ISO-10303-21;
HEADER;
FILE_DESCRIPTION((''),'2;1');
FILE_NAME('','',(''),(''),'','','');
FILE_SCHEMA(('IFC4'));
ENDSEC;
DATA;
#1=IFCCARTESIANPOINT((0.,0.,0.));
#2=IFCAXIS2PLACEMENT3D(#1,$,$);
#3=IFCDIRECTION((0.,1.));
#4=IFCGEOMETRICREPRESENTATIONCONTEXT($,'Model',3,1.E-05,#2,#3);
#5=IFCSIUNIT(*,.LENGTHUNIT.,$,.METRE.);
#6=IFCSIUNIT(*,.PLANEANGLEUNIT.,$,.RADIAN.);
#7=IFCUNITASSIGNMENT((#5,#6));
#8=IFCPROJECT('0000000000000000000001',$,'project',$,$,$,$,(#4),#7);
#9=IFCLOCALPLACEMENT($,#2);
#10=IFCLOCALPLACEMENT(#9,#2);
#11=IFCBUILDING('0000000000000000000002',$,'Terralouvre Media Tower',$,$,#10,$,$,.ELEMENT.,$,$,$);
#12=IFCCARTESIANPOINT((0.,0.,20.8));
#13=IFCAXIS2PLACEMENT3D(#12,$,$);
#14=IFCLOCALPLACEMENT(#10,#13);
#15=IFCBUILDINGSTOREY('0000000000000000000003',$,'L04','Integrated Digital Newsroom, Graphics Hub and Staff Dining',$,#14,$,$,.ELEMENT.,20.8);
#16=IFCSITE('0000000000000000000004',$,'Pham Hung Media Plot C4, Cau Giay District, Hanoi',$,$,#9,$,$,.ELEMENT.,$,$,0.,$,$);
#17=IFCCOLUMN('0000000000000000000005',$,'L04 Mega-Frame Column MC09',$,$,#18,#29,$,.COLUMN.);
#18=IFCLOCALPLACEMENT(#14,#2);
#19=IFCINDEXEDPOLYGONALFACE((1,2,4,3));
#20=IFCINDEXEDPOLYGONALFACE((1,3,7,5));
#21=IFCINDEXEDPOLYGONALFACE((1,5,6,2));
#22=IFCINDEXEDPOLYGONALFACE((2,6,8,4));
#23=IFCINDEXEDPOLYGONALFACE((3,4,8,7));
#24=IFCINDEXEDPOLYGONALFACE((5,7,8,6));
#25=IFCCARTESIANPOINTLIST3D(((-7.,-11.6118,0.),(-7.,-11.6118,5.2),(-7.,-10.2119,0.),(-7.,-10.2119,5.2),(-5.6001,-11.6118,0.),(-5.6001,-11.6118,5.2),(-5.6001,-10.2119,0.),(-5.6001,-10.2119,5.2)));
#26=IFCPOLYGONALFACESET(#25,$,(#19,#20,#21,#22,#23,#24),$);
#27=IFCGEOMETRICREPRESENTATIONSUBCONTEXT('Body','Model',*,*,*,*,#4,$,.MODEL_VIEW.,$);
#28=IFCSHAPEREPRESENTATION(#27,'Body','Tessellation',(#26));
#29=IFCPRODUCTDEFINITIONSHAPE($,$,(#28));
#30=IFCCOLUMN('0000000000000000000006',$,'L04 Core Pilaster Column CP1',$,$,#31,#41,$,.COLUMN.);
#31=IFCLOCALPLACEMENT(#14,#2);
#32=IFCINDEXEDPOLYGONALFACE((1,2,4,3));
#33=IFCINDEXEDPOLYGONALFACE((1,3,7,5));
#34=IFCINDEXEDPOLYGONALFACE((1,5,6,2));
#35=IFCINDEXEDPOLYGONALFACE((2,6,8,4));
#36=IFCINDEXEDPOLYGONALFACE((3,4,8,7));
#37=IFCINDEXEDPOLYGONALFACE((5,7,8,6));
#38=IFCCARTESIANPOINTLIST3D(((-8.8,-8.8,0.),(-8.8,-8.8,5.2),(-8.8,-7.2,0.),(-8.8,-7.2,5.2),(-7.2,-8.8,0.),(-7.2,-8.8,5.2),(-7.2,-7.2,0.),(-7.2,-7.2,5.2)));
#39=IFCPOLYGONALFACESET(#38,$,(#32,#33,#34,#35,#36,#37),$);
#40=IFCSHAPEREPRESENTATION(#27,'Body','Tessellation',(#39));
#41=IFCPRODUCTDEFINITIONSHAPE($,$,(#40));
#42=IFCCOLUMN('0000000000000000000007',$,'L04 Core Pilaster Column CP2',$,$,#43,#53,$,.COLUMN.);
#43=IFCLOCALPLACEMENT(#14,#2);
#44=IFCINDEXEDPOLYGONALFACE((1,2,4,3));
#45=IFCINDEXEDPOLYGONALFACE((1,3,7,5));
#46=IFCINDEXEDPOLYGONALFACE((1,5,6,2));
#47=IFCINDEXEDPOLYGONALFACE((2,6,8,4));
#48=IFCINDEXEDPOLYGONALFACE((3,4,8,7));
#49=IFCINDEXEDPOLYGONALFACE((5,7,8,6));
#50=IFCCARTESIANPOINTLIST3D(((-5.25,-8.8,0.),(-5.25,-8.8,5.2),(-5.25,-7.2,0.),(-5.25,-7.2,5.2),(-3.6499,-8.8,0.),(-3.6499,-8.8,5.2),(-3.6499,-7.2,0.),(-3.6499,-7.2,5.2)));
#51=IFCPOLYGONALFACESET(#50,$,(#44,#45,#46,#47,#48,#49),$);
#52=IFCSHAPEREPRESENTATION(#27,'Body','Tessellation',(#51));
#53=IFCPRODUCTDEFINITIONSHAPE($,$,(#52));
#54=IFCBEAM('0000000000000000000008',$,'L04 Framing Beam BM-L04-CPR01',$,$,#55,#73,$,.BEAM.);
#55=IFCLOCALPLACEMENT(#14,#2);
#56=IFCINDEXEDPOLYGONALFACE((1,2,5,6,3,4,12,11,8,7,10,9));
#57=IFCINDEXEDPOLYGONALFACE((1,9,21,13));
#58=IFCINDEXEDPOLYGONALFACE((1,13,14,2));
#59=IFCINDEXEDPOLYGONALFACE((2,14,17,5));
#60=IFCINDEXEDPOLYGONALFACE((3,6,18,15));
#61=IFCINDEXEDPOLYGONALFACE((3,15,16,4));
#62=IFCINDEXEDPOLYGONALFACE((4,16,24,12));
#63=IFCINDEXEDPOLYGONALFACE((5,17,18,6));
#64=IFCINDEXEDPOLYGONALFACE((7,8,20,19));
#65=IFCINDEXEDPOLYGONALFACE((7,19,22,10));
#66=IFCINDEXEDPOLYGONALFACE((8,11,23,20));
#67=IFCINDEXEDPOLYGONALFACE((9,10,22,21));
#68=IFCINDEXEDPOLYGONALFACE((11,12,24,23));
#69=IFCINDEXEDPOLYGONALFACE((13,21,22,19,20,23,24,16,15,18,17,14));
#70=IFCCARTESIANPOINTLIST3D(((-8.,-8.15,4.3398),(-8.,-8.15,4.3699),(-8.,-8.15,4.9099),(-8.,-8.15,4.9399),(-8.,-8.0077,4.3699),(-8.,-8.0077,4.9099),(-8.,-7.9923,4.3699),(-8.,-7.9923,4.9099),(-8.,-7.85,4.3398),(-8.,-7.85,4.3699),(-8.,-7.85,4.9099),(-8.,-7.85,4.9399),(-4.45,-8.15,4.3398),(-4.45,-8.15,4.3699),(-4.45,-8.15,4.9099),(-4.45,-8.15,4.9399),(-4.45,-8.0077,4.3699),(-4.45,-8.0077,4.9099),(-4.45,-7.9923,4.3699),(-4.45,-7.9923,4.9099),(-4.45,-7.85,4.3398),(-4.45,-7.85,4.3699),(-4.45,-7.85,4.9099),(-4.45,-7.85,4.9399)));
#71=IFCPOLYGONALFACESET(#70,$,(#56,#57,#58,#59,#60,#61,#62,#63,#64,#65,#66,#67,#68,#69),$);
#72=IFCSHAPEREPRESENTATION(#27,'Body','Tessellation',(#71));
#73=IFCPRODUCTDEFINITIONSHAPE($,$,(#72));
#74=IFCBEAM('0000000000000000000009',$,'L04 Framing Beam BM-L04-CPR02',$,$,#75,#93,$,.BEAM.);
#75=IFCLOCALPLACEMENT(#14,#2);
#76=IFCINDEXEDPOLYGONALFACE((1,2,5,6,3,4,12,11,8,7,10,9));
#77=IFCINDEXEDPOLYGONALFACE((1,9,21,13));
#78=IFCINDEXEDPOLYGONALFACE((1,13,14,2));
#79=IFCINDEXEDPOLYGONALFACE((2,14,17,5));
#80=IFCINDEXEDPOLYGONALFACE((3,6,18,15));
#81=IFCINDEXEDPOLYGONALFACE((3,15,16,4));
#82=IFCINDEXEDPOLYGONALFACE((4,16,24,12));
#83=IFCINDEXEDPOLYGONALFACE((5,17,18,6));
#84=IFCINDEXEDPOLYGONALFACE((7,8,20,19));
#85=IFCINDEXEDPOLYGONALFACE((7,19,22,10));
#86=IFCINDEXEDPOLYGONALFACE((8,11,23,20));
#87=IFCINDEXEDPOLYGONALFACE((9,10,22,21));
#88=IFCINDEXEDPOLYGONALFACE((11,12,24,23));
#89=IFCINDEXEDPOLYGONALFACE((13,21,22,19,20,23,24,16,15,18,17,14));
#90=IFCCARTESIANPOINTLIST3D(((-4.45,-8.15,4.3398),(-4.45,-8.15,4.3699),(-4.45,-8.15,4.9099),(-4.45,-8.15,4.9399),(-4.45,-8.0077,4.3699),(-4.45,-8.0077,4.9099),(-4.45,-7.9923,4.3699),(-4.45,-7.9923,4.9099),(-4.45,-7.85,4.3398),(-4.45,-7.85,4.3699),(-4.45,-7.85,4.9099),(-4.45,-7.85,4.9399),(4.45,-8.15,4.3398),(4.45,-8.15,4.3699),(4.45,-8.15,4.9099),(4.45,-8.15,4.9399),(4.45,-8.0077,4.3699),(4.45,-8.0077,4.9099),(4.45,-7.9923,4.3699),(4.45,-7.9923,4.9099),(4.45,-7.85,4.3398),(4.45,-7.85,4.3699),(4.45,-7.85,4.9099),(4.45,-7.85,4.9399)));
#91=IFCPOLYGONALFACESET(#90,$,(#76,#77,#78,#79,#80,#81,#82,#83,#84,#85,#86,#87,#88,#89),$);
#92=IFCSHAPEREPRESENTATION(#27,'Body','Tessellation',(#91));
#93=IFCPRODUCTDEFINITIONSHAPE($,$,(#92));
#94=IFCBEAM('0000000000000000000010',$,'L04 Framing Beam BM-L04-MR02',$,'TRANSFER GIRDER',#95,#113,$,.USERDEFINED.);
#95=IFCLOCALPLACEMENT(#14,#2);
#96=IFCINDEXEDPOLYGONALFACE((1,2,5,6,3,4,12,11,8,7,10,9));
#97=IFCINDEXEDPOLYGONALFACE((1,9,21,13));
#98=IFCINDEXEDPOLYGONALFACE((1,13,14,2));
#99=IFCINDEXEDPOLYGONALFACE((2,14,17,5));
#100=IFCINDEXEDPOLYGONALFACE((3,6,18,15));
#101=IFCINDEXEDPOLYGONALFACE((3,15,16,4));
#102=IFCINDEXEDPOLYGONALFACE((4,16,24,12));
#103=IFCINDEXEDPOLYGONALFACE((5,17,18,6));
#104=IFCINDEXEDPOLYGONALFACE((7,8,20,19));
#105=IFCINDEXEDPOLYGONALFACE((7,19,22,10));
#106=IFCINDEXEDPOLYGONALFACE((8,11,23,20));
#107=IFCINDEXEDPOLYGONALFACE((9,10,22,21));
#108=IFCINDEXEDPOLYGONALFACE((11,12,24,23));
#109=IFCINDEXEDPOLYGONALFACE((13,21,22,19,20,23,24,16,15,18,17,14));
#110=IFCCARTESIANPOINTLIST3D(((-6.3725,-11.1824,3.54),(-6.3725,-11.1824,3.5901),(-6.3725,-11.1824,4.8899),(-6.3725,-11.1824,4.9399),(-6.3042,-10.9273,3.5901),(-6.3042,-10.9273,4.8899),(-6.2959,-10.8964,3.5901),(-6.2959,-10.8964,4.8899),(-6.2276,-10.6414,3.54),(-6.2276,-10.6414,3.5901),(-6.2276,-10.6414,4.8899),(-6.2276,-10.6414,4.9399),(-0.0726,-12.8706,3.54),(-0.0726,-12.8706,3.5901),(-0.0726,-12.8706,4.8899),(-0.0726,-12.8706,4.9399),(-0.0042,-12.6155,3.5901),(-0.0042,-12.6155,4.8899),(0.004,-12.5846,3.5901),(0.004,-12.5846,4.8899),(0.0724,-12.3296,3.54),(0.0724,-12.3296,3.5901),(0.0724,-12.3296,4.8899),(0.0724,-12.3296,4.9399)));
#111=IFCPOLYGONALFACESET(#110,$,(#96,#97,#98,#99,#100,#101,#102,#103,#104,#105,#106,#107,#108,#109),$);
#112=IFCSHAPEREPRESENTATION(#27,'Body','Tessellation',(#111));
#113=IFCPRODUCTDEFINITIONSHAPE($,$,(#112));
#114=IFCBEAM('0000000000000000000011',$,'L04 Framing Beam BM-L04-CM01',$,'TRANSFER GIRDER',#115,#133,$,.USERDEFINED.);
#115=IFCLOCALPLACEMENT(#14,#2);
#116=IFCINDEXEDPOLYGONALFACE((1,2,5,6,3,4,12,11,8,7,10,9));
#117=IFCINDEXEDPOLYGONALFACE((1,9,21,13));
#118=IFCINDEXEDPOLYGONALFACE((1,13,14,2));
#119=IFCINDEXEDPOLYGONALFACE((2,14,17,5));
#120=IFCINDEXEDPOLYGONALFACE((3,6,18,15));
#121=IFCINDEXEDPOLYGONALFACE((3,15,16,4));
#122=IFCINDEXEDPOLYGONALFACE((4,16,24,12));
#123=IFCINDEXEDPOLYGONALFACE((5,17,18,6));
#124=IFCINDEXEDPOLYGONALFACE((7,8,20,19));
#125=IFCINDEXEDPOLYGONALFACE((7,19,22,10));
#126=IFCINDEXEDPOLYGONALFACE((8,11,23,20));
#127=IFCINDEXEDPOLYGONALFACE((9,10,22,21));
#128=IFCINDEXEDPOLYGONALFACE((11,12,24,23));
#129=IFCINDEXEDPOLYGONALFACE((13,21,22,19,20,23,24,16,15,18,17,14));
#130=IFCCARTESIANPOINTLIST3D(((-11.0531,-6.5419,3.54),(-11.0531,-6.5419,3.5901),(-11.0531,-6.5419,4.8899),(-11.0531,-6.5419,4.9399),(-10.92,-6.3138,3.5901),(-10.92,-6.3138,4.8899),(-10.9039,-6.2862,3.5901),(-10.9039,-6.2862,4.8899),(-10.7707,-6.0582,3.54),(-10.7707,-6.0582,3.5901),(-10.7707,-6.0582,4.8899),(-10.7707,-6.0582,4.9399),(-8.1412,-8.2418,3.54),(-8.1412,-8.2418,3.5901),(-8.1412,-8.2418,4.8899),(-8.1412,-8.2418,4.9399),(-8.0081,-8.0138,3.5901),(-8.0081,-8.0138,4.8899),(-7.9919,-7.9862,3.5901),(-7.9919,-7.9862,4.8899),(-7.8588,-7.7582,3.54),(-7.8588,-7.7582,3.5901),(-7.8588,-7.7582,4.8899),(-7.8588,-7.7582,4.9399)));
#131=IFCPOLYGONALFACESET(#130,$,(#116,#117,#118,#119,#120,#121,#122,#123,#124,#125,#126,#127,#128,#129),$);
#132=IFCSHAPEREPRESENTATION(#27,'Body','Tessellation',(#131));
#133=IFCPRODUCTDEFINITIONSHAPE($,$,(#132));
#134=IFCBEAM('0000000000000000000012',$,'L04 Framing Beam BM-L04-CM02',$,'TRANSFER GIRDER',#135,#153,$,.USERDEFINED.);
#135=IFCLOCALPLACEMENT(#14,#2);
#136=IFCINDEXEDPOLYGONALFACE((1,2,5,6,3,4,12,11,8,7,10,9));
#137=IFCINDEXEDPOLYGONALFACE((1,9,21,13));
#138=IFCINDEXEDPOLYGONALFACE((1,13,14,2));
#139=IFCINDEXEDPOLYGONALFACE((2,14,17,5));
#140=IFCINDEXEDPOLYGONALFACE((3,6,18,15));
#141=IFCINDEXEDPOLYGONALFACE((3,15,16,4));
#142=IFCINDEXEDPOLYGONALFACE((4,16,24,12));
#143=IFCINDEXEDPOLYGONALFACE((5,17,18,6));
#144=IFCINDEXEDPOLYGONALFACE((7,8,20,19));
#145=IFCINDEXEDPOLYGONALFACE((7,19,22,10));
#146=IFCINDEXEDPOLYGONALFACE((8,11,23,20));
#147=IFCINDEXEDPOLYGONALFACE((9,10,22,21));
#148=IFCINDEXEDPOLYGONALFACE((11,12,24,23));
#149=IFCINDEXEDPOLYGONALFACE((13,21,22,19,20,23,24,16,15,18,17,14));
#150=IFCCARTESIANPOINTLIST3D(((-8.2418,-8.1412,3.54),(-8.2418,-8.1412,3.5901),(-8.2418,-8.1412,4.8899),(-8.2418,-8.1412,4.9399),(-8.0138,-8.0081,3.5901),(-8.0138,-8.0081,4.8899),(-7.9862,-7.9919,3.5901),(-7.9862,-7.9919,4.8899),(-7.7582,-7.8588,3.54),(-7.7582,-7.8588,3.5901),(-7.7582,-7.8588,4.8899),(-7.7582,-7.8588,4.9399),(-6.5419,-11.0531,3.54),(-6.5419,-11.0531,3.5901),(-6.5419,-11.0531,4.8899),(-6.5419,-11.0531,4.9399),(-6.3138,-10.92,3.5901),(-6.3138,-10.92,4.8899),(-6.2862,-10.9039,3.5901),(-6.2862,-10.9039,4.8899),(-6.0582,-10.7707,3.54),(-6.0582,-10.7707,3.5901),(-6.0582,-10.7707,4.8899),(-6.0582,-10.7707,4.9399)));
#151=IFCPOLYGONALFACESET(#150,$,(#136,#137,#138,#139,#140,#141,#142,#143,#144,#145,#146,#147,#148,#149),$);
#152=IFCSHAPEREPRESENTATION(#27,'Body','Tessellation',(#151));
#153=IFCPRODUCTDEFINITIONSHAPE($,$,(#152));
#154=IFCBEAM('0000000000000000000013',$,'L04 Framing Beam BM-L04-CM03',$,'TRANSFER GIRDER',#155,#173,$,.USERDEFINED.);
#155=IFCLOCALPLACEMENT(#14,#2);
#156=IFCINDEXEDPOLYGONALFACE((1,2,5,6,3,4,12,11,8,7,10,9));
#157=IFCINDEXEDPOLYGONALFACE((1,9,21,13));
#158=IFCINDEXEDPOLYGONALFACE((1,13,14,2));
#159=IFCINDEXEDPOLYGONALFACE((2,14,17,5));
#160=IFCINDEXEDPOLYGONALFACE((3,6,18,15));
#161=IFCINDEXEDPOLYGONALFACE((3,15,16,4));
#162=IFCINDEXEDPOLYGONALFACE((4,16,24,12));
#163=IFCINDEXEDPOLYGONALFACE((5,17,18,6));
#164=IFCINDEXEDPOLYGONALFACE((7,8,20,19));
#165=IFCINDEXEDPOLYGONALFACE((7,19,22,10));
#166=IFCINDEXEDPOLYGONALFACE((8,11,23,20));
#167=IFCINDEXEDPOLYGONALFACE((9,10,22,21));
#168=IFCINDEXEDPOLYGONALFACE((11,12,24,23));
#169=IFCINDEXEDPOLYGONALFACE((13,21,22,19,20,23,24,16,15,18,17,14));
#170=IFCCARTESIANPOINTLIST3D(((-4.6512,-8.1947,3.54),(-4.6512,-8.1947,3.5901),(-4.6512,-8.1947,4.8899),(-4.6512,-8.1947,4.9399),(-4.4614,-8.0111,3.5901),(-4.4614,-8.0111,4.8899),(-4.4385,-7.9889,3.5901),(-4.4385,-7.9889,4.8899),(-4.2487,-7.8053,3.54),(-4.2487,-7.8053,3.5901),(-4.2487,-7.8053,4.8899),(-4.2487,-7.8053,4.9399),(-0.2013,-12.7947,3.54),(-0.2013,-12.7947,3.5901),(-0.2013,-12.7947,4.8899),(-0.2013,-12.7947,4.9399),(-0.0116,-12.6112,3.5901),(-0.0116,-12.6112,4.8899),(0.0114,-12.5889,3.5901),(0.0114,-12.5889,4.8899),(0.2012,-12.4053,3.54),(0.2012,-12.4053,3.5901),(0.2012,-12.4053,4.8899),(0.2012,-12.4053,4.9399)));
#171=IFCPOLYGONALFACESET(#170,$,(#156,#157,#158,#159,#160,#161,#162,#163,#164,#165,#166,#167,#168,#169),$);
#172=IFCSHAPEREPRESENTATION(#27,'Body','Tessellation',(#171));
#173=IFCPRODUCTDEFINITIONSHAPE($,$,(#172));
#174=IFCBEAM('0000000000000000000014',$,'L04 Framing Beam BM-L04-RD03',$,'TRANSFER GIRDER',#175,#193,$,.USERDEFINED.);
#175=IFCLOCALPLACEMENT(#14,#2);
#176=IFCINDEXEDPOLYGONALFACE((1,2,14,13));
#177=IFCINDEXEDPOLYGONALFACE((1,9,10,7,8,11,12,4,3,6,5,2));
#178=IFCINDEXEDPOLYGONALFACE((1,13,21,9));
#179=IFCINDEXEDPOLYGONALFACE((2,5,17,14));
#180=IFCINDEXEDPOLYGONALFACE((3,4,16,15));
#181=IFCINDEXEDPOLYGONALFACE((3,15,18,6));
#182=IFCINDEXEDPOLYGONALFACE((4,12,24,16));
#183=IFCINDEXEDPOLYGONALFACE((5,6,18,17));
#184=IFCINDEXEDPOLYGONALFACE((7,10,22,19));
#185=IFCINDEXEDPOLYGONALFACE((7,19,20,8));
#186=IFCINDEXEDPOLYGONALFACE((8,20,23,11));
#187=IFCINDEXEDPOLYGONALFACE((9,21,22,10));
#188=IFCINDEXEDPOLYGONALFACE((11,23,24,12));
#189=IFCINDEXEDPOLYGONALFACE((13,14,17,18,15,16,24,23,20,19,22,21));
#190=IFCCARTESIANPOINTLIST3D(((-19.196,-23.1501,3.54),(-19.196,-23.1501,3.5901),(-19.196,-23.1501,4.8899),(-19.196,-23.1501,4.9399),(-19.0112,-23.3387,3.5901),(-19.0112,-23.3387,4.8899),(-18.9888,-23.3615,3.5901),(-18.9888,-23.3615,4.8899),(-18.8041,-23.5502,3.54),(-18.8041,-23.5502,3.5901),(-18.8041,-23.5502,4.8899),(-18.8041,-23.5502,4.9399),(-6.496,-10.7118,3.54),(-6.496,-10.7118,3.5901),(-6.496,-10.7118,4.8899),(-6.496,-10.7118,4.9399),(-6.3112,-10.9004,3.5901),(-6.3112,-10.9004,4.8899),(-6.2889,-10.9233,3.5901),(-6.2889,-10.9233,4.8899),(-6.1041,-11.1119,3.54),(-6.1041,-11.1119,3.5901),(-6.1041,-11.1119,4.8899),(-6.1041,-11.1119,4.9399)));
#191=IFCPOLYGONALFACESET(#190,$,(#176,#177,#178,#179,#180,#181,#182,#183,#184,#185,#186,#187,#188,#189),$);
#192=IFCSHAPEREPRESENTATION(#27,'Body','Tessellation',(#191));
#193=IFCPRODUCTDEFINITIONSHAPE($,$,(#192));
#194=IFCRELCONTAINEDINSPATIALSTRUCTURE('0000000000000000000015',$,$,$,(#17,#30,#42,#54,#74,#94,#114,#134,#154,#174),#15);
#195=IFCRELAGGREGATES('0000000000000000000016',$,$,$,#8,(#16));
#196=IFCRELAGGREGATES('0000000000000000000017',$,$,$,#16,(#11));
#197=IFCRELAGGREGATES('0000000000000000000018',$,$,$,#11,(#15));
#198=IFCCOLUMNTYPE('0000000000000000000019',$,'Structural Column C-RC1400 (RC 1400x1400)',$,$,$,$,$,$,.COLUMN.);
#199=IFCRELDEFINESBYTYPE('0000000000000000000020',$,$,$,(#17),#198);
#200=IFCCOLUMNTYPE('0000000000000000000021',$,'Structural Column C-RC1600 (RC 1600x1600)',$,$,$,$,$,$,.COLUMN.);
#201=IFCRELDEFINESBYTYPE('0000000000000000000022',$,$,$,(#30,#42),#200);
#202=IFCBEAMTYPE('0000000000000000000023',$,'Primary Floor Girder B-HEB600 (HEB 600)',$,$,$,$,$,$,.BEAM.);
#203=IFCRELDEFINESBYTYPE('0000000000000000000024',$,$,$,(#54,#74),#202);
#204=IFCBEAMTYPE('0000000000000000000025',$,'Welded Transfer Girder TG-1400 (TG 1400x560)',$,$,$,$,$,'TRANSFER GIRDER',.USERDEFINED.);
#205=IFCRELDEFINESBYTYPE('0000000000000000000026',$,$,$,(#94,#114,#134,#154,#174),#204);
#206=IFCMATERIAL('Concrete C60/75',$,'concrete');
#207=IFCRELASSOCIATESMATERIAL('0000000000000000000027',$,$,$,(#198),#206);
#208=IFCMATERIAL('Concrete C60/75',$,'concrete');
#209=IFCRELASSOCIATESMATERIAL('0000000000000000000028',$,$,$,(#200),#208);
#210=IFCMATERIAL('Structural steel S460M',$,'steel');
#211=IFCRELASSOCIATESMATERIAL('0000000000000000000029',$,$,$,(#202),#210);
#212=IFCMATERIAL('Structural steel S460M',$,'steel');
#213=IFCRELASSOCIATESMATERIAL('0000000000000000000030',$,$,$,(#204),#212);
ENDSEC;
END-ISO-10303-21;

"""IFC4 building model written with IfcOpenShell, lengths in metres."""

from ifc_helpers import new_model, si_unit, direction, frame, origin, origin_2d, place, context, subcontext, project, spatial, rectangle, i_section, extrude, material, material_profile, profile_set, type_object, element, save


model = new_model("IFC4")

# Units and contexts
model_context = context("Model", 3, precision=1e-05, world=origin(), true_north=direction((0.0, 1.0)))
body_context = subcontext(model_context, "Body", "Model", "MODEL_VIEW")
ifc_project = project(units=[si_unit("LENGTHUNIT", "METRE"), si_unit("PLANEANGLEUNIT", "RADIAN")], contexts=[model_context])

# Site, building, storey
site_placement = place(None, origin())
site = spatial("IfcSite", under=ifc_project, at=site_placement, Name="Pham Hung Media Plot C4, Cau Giay District, Hanoi", CompositionType="ELEMENT", RefElevation=0.0)
building_placement = place(site_placement, origin())
building = spatial("IfcBuilding", under=site, at=building_placement, Name="Terralouvre Media Tower", CompositionType="ELEMENT")
storey_placement = place(building_placement, frame((0.0, 0.0, 20.8)))
storey = spatial("IfcBuildingStorey", under=building, at=storey_placement, Name="L04", Description="Integrated Digital Newsroom, Graphics Hub and Staff Dining", CompositionType="ELEMENT", Elevation=20.8)

# Columns
ifc_material_1 = material(Name="Concrete C60/75", Category="concrete")
ifc_material_profile_1 = material_profile(ifc_material_1, rectangle(XDim=1.3999, YDim=1.3999, at=origin_2d()), Name="RC 1400x1400")
ifc_profile_set_1 = profile_set([ifc_material_profile_1], Name="Concrete C60/75")
column_type_1 = type_object("IfcColumnType", Name="Structural Column C-RC1400 (RC 1400x1400)", PredefinedType="COLUMN", material=ifc_profile_set_1)
column_placement = place(storey_placement, frame((-6.3, -10.9119, 0.0), z_axis=(0.0, 0.0, 1.0), x_axis=(1.0, 0.0, 0.0)))
element("IfcColumn", 1, at=column_placement, inside=storey, type_object=column_type_1, Name="L04 Mega-Frame Column MC09", PredefinedType="COLUMN", context=body_context, shape_type="SweptSolid", body=[
    extrude(rectangle(XDim=1.3999, YDim=1.3999, at=origin_2d()), origin(), (0.0, 0.0, 1.0), 5.2),
])
ifc_material_2 = material(Name="Concrete C60/75", Category="concrete")
ifc_material_profile_2 = material_profile(ifc_material_2, rectangle(XDim=1.6001, YDim=1.6001, at=origin_2d()), Name="RC 1600x1600")
ifc_profile_set_2 = profile_set([ifc_material_profile_2], Name="Concrete C60/75")
column_type_2 = type_object("IfcColumnType", Name="Structural Column C-RC1600 (RC 1600x1600)", PredefinedType="COLUMN", material=ifc_profile_set_2)
for number, where, z_axis, x_axis, name in (
    (2, (-8.0, -8.0, 0.0), (0.0, 0.0, 1.0), (1.0, 0.0, 0.0), "L04 Core Pilaster Column CP1"),
    (3, (-4.45, -8.0, 0.0), (0.0, 0.0, 1.0), (1.0, 0.0, 0.0), "L04 Core Pilaster Column CP2"),
):
    element("IfcColumn", number, at=place(storey_placement, frame(where, z_axis=z_axis, x_axis=x_axis)), inside=storey, type_object=column_type_2, Name=name, PredefinedType="COLUMN", context=body_context, shape_type="SweptSolid", body=[
        extrude(rectangle(XDim=1.6001, YDim=1.6001, at=origin_2d()), origin(), (0.0, 0.0, 1.0), 5.2),
    ])

# Beams
ifc_material_3 = material(Name="Structural steel S460M", Category="steel")
ifc_material_profile_3 = material_profile(ifc_material_3, i_section(OverallWidth=0.3, OverallDepth=0.6001, WebThickness=0.0154, FlangeThickness=0.03, at=origin_2d()), Name="HEB 600")
ifc_profile_set_3 = profile_set([ifc_material_profile_3], Name="Structural steel S460M")
beam_type_1 = type_object("IfcBeamType", Name="Primary Floor Girder B-HEB600 (HEB 600)", PredefinedType="BEAM", material=ifc_profile_set_3)
beam_1_placement = place(storey_placement, frame((-8.0, -8.0, 4.6399), z_axis=(1.0, 0.0, 0.0), x_axis=(0.0, 1.0, 0.0)))
element("IfcBeam", 4, at=beam_1_placement, inside=storey, type_object=beam_type_1, Name="L04 Framing Beam BM-L04-CPR01", PredefinedType="BEAM", context=body_context, shape_type="SweptSolid", body=[
    extrude(i_section(OverallWidth=0.3, OverallDepth=0.6001, WebThickness=0.0154, FlangeThickness=0.03, at=origin_2d()), origin(), (0.0, 0.0, 1.0), 3.55),
])
beam_2_placement = place(storey_placement, frame((-4.45, -8.0, 4.6399), z_axis=(1.0, 0.0, 0.0), x_axis=(0.0, 1.0, 0.0)))
element("IfcBeam", 5, at=beam_2_placement, inside=storey, type_object=beam_type_1, Name="L04 Framing Beam BM-L04-CPR02", PredefinedType="BEAM", context=body_context, shape_type="SweptSolid", body=[
    extrude(i_section(OverallWidth=0.3, OverallDepth=0.6001, WebThickness=0.0154, FlangeThickness=0.03, at=origin_2d()), origin(), (0.0, 0.0, 1.0), 8.8999),
])
ifc_material_4 = material(Name="Structural steel S460M", Category="steel")
ifc_material_profile_4 = material_profile(ifc_material_4, i_section(OverallWidth=0.5601, OverallDepth=1.3999, WebThickness=0.032, FlangeThickness=0.05, at=origin_2d()), Name="TG 1400x560")
ifc_profile_set_4 = profile_set([ifc_material_profile_4], Name="Structural steel S460M")
beam_type_2 = type_object("IfcBeamType", Name="Welded Transfer Girder TG-1400 (TG 1400x560)", ElementType="TRANSFER GIRDER", PredefinedType="USERDEFINED", material=ifc_profile_set_4)
beam_3_placement = place(storey_placement, frame((-6.3, -10.9119, 4.24), z_axis=(0.96592, -0.258839, 0.0), x_axis=(0.258839, 0.96592, 0.0)))
element("IfcBeam", 6, at=beam_3_placement, inside=storey, type_object=beam_type_2, Name="L04 Framing Beam BM-L04-MR02", ObjectType="TRANSFER GIRDER", PredefinedType="USERDEFINED", context=body_context, shape_type="SweptSolid", body=[
    extrude(i_section(OverallWidth=0.5601, OverallDepth=1.3999, WebThickness=0.032, FlangeThickness=0.05, at=origin_2d()), origin(), (0.0, 0.0, 1.0), 6.5222),
])
for number, where, z_axis, x_axis, name in (
    (7, (-8.0, -8.0, 4.24), (-0.863603, 0.504173, 0.0), (-0.504173, -0.863603, 0.0), "L04 Framing Beam BM-L04-CM01"),
    (8, (-8.0, -8.0, 4.24), (0.504173, -0.863603, 0.0), (0.863603, 0.504173, 0.0), "L04 Framing Beam BM-L04-CM02"),
):
    element("IfcBeam", number, at=place(storey_placement, frame(where, z_axis=z_axis, x_axis=x_axis)), inside=storey, type_object=beam_type_2, Name=name, ObjectType="TRANSFER GIRDER", PredefinedType="USERDEFINED", context=body_context, shape_type="SweptSolid", body=[
        extrude(i_section(OverallWidth=0.5601, OverallDepth=1.3999, WebThickness=0.032, FlangeThickness=0.05, at=origin_2d()), origin(), (0.0, 0.0, 1.0), 3.3718),
    ])
beam_4_placement = place(storey_placement, frame((-4.45, -8.0, 4.24), z_axis=(0.69528, -0.718739, 0.0), x_axis=(0.718739, 0.69528, 0.0)))
element("IfcBeam", 9, at=beam_4_placement, inside=storey, type_object=beam_type_2, Name="L04 Framing Beam BM-L04-CM03", ObjectType="TRANSFER GIRDER", PredefinedType="USERDEFINED", context=body_context, shape_type="SweptSolid", body=[
    extrude(i_section(OverallWidth=0.5601, OverallDepth=1.3999, WebThickness=0.032, FlangeThickness=0.05, at=origin_2d()), origin(), (0.0, 0.0, 1.0), 6.4001),
])
beam_5_placement = place(storey_placement, frame((-6.3, -10.9119, 4.24), z_axis=(-0.71443, -0.699707, 0.0), x_axis=(0.699707, -0.71443, 0.0)))
element("IfcBeam", 10, at=beam_5_placement, inside=storey, type_object=beam_type_2, Name="L04 Framing Beam BM-L04-RD03", ObjectType="TRANSFER GIRDER", PredefinedType="USERDEFINED", context=body_context, shape_type="SweptSolid", body=[
    extrude(i_section(OverallWidth=0.5601, OverallDepth=1.3999, WebThickness=0.032, FlangeThickness=0.05, at=origin_2d()), origin(), (0.0, 0.0, 1.0), 17.7764),
])

save(model, "model.ifc")
